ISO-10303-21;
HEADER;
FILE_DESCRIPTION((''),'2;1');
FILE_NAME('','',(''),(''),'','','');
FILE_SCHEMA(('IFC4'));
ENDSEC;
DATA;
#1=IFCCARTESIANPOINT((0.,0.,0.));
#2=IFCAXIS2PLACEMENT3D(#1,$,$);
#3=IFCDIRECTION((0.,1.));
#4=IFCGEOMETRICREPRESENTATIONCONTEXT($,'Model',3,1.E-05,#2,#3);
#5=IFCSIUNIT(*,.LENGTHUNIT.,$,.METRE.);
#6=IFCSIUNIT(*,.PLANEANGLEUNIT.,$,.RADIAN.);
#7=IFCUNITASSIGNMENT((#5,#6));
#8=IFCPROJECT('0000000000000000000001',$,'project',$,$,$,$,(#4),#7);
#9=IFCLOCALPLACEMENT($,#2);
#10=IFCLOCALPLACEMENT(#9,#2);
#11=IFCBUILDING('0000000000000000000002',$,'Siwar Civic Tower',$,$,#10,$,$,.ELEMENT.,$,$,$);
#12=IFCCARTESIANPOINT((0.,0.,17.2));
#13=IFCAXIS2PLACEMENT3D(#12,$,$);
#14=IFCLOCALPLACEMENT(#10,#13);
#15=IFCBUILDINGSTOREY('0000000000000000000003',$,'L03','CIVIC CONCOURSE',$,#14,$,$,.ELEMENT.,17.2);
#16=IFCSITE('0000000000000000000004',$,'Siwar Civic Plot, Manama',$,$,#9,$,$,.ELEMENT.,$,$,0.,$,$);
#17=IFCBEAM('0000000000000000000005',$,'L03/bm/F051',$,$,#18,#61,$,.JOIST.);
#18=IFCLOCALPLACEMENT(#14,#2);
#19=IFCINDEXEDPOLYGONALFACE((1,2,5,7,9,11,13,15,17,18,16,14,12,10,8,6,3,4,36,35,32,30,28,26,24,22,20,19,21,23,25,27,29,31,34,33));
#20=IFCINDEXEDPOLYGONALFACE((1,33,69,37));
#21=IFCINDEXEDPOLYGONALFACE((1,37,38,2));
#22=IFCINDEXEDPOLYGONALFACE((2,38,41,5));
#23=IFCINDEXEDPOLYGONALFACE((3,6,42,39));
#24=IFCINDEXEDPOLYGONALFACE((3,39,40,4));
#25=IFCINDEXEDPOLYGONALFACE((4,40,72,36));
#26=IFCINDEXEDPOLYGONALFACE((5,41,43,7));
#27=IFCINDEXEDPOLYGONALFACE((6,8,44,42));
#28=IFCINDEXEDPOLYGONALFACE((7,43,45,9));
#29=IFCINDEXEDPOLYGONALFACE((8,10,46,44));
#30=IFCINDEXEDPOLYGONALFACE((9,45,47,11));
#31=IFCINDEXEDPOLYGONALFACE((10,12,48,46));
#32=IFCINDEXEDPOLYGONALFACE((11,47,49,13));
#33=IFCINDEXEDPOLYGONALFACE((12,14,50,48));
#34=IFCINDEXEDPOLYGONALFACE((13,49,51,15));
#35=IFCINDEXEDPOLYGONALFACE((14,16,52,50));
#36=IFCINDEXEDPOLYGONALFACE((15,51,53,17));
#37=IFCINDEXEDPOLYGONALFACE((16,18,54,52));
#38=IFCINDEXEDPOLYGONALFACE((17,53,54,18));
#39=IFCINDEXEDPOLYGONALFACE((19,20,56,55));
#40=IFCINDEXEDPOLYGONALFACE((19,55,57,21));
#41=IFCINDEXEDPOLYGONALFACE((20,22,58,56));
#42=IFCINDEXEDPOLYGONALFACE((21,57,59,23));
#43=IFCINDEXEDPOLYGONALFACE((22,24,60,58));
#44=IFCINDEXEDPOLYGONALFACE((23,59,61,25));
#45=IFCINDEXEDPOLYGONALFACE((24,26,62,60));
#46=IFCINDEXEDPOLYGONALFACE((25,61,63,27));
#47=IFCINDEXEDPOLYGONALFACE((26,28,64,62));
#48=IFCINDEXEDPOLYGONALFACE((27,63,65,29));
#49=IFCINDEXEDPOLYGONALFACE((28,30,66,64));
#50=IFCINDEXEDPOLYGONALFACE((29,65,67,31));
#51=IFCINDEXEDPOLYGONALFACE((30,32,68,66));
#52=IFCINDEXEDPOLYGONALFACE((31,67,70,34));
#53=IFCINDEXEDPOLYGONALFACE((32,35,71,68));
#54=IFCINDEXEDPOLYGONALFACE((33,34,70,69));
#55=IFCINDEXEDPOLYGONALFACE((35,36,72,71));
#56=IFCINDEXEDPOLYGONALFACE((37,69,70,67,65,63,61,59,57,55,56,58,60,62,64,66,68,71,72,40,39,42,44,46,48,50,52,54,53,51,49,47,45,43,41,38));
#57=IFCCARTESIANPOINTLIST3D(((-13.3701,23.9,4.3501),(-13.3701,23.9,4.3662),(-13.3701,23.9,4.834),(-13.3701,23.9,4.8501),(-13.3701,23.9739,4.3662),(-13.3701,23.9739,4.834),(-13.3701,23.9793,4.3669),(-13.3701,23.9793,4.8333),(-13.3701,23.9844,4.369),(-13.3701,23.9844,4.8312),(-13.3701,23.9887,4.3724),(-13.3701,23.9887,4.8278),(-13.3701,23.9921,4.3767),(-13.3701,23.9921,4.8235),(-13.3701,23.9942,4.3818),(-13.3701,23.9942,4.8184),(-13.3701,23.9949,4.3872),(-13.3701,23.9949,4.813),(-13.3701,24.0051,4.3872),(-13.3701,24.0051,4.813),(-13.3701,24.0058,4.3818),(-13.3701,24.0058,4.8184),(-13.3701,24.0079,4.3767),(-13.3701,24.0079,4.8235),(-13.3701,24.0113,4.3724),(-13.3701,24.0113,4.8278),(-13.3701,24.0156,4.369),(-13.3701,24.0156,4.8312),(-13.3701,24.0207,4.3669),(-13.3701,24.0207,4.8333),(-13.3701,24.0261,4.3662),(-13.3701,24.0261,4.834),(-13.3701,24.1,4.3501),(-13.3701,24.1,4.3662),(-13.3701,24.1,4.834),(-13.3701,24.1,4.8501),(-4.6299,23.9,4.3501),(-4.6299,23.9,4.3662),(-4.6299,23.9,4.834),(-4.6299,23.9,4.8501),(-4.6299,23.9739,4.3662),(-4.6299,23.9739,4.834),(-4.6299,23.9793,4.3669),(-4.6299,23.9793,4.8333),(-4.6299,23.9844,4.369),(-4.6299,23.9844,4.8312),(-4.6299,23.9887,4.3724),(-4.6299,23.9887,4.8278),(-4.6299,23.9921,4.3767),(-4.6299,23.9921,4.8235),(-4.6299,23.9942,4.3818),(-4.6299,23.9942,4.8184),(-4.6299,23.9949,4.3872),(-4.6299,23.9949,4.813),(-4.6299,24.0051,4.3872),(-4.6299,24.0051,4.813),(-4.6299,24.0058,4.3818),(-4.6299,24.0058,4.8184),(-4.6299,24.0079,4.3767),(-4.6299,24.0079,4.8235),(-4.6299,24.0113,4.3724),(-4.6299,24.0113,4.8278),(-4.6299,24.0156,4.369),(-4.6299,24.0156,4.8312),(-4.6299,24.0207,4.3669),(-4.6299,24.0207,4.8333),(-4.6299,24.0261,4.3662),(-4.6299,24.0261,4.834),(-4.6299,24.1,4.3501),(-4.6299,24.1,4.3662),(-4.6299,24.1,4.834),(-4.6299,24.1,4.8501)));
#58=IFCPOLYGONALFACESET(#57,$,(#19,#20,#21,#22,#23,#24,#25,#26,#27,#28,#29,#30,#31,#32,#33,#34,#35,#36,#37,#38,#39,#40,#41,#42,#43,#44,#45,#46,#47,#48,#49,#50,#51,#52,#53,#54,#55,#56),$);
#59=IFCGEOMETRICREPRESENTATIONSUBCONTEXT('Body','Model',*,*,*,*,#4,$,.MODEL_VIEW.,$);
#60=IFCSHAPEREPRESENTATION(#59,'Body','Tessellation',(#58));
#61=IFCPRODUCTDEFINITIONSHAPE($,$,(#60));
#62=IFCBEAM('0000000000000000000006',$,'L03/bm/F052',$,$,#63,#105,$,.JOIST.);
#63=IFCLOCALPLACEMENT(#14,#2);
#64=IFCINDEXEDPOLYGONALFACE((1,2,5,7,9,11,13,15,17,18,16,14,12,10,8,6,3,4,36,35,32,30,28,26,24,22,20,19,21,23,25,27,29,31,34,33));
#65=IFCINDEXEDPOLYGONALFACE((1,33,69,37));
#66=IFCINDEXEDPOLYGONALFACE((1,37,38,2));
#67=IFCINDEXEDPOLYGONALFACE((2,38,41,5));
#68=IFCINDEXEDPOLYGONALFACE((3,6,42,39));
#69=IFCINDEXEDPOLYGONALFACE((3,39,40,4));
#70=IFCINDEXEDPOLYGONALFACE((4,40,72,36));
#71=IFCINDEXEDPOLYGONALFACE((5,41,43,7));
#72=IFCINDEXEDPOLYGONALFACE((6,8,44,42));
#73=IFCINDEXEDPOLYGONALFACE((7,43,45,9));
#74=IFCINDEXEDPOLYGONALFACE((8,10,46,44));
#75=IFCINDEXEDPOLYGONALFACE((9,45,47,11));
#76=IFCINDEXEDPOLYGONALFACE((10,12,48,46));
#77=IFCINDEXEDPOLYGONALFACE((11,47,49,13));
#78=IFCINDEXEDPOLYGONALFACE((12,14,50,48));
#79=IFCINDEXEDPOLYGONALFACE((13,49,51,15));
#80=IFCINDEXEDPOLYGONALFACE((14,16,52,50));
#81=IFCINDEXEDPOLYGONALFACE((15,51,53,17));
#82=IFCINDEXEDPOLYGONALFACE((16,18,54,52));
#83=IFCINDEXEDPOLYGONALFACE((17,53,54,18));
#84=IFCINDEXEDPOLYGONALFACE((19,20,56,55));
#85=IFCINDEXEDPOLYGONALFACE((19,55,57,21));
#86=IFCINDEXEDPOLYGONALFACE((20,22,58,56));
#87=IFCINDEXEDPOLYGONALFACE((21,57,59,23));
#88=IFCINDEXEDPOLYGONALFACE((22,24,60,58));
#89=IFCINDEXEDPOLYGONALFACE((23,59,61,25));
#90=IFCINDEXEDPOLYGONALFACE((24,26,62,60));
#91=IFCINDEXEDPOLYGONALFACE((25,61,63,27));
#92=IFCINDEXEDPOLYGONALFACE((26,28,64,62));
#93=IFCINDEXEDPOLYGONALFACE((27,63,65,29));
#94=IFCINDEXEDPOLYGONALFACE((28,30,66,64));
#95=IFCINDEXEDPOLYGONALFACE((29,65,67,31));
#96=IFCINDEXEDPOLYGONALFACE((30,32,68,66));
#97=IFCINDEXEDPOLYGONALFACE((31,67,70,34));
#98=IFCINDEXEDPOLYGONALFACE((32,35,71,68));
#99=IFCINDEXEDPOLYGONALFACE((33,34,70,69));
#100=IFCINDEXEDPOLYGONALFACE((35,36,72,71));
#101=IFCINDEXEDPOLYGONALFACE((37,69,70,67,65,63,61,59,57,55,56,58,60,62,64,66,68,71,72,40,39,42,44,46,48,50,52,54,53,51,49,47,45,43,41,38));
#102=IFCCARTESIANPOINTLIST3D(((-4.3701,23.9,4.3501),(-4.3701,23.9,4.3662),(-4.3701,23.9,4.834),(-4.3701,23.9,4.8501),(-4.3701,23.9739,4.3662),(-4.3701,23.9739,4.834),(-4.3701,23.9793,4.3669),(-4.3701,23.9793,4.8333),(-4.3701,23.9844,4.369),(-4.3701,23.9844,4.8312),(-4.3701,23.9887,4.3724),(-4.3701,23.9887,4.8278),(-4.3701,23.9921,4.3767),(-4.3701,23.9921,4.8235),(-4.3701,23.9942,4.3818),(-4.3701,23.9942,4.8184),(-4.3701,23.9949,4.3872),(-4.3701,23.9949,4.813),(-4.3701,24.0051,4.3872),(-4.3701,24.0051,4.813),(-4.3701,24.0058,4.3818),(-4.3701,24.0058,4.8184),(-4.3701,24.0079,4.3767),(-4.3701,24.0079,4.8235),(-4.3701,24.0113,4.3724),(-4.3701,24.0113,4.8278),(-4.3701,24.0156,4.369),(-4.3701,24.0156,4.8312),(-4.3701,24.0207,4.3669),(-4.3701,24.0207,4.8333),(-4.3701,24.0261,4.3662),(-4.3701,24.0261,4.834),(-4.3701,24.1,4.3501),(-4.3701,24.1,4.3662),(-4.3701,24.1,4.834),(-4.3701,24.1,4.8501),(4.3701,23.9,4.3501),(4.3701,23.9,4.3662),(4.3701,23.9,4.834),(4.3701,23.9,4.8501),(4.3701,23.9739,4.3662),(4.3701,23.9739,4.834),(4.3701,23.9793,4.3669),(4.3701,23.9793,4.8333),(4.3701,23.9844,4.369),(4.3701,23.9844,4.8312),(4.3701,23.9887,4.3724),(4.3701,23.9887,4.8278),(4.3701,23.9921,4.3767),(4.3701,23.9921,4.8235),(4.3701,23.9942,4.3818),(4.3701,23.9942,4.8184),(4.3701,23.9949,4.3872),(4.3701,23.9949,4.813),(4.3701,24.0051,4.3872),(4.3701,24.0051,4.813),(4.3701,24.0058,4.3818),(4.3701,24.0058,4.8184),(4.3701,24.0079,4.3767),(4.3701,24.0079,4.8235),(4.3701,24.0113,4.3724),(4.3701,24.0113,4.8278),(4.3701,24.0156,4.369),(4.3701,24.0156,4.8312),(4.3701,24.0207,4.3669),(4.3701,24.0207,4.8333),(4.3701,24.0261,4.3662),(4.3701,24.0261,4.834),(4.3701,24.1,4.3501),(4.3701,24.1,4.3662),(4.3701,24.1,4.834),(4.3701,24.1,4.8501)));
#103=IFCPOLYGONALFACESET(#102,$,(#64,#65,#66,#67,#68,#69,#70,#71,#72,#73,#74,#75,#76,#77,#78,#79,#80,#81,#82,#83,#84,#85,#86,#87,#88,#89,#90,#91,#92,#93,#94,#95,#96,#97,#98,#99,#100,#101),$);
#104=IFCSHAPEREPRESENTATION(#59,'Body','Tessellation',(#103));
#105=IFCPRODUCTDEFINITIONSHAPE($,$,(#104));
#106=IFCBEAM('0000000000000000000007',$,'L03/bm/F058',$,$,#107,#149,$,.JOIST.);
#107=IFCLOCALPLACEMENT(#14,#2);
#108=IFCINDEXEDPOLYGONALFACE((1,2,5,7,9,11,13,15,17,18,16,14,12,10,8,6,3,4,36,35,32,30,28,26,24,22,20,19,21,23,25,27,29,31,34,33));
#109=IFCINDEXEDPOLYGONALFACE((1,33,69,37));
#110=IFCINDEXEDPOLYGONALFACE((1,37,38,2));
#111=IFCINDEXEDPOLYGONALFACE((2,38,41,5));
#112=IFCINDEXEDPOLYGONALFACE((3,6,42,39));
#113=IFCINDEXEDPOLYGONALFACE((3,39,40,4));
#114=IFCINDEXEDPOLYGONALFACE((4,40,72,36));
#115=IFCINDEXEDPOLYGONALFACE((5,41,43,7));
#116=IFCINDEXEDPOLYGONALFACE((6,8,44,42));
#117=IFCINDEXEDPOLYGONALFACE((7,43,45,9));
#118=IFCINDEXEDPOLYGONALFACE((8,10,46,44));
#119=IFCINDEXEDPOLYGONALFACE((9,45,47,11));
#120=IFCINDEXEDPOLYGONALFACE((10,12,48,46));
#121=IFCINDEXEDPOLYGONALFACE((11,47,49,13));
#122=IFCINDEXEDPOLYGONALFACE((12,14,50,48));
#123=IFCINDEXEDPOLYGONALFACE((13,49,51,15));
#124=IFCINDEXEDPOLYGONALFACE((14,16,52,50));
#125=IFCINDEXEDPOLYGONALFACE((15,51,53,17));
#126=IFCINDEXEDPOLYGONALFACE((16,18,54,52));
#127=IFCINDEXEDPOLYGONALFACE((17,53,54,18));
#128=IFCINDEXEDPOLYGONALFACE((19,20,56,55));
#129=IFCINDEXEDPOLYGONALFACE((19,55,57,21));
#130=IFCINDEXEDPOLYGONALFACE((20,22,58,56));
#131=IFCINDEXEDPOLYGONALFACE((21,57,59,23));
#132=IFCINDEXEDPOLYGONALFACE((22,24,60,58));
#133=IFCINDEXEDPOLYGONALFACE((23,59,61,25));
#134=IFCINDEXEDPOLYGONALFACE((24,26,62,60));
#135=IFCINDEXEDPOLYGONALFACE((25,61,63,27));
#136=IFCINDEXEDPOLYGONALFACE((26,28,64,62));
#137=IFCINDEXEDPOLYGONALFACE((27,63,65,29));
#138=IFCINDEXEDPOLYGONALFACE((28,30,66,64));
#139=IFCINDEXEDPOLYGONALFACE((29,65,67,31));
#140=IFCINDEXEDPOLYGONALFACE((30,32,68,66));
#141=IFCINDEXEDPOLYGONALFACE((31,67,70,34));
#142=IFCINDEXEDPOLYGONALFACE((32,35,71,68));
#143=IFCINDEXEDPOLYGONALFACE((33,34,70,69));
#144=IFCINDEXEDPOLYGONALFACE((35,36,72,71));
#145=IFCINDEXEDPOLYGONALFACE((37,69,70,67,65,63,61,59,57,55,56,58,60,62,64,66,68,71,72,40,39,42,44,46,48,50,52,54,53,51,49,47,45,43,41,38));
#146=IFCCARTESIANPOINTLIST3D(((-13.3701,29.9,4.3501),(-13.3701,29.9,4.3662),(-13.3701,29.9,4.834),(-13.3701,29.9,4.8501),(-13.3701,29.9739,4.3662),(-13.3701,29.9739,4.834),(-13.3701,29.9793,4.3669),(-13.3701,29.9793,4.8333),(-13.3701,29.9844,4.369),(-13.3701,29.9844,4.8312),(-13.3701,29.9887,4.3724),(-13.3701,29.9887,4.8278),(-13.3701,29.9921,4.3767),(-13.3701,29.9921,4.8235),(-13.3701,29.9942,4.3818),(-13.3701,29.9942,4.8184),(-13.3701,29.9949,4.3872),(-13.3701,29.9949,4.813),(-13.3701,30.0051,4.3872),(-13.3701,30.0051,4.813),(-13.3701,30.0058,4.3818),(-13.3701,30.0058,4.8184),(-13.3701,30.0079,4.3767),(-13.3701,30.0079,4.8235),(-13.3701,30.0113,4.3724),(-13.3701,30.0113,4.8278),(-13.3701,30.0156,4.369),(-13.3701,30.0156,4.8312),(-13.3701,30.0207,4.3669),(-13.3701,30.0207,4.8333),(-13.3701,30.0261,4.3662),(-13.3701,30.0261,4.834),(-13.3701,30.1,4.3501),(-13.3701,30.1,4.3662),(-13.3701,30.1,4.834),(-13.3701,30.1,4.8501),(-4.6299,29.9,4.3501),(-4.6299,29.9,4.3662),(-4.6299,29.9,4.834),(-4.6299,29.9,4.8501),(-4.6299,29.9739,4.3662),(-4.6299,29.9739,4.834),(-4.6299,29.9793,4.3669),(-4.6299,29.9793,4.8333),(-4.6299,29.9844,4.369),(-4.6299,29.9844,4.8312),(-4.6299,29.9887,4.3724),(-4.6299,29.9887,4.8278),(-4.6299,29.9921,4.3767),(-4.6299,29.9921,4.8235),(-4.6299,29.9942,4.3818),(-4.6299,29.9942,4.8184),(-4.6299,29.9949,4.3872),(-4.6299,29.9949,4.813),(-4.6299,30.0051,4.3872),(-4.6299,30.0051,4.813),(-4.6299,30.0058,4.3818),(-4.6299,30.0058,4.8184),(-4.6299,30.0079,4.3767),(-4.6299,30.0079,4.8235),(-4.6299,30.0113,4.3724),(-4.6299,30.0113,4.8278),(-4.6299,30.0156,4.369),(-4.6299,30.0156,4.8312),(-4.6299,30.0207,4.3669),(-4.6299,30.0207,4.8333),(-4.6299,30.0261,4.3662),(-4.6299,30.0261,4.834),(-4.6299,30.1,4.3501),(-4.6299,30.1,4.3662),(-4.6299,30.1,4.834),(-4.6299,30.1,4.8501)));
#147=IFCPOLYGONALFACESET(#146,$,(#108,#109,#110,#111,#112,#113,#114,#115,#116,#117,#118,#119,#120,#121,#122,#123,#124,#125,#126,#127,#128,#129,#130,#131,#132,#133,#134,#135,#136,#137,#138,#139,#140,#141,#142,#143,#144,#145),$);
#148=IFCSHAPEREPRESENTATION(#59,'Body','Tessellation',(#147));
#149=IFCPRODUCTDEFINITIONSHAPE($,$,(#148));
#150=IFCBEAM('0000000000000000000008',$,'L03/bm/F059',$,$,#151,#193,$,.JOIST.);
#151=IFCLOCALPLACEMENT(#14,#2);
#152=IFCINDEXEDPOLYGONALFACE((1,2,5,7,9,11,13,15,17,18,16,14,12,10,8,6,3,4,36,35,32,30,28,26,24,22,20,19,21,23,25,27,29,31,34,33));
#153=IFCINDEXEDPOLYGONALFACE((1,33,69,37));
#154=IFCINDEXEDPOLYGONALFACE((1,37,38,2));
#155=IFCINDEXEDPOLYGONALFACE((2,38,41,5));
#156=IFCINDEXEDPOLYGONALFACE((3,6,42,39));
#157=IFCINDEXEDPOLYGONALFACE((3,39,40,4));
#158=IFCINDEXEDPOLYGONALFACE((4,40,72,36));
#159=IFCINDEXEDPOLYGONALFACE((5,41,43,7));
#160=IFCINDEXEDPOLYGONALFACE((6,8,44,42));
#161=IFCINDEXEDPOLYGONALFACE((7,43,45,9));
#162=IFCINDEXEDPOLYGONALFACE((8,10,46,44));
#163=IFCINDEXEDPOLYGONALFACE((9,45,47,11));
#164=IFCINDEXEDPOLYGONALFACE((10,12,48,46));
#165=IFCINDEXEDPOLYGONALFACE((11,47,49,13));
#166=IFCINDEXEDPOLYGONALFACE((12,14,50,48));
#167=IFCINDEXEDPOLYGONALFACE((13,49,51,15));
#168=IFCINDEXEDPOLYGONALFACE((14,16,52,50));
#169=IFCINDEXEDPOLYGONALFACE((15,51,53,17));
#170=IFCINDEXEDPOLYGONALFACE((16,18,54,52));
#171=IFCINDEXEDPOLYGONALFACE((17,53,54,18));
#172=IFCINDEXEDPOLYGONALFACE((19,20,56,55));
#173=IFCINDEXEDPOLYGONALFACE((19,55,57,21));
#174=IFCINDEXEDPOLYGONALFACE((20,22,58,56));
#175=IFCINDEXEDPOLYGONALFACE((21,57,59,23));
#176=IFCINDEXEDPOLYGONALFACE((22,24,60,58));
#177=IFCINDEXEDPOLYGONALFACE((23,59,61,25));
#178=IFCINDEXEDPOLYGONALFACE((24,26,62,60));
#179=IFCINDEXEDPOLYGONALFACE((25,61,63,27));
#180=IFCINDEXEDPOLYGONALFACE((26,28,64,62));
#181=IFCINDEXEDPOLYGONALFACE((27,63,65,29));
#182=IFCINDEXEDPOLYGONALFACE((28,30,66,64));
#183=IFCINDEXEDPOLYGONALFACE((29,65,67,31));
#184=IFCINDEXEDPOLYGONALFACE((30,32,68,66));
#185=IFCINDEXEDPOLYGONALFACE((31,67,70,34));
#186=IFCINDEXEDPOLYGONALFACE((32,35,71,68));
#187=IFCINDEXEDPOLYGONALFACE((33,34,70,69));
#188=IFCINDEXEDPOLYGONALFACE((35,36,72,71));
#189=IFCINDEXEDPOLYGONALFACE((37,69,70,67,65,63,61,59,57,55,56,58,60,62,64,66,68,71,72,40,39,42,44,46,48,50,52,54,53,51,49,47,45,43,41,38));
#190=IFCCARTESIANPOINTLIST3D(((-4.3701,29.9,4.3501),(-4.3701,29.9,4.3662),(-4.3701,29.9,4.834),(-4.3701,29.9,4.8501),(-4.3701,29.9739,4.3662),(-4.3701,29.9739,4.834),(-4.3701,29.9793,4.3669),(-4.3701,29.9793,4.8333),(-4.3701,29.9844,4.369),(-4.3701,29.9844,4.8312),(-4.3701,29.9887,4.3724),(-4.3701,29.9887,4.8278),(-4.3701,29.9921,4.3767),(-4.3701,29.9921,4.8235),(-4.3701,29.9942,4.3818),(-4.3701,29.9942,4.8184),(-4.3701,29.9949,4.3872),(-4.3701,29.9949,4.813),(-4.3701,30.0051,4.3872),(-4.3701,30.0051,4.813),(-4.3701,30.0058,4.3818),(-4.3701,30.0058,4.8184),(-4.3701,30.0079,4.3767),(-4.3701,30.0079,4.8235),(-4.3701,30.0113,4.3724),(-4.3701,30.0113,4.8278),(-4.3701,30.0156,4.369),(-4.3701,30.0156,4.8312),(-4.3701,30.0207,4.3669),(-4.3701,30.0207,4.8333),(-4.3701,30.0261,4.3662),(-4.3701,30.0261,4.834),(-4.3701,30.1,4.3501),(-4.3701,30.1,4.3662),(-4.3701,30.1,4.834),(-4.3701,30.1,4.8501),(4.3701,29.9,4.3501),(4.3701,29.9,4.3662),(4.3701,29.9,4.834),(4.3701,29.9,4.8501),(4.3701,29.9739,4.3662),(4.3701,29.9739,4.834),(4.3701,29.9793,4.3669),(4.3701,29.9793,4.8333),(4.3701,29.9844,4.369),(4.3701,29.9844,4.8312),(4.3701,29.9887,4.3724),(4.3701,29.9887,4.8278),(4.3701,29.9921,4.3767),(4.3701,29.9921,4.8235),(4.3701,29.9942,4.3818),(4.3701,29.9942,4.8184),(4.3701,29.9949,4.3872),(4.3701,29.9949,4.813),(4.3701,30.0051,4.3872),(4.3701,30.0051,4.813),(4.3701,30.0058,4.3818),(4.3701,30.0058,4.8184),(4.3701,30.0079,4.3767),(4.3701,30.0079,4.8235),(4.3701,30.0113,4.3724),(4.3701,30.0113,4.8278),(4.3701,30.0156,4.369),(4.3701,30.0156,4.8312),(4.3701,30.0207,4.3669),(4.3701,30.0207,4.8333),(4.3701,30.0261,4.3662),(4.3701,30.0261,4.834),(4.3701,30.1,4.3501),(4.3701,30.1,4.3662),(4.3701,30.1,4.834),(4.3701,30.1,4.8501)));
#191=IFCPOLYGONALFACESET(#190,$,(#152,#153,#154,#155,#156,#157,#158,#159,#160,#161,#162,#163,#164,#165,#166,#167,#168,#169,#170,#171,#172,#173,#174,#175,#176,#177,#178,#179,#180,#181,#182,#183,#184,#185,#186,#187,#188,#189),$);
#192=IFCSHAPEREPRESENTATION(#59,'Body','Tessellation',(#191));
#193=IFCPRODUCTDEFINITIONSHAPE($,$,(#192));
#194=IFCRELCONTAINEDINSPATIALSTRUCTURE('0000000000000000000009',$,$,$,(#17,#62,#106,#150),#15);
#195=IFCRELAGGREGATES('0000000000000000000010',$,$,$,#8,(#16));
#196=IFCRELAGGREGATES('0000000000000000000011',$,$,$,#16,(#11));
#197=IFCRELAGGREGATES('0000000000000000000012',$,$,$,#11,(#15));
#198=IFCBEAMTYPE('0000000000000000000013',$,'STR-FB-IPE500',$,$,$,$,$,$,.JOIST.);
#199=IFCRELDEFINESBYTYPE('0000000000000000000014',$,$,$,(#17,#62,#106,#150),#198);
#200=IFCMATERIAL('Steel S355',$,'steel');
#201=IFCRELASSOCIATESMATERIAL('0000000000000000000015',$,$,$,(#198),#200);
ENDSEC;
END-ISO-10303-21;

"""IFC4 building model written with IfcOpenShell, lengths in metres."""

from ifc_helpers import new_model, si_unit, direction, frame, origin, origin_2d, place, context, subcontext, project, spatial, i_section, extrude, material, material_profile, profile_set, type_object, element, save


model = new_model("IFC4")

# Units and contexts
model_context = context("Model", 3, precision=1e-05, world=origin(), true_north=direction((0.0, 1.0)))
body_context = subcontext(model_context, "Body", "Model", "MODEL_VIEW")
ifc_project = project(units=[si_unit("LENGTHUNIT", "METRE"), si_unit("PLANEANGLEUNIT", "RADIAN")], contexts=[model_context])

# Site, building, storey
site_placement = place(None, origin())
site = spatial("IfcSite", under=ifc_project, at=site_placement, Name="Siwar Civic Plot, Manama", CompositionType="ELEMENT", RefElevation=0.0)
building_placement = place(site_placement, origin())
building = spatial("IfcBuilding", under=site, at=building_placement, Name="Siwar Civic Tower", CompositionType="ELEMENT")
storey_placement = place(building_placement, frame((0.0, 0.0, 17.2)))
storey = spatial("IfcBuildingStorey", under=building, at=storey_placement, Name="L03", Description="CIVIC CONCOURSE", CompositionType="ELEMENT", Elevation=17.2)

# Beams
ifc_material_1 = material(Name="Steel S355", Category="steel")
ifc_material_profile_1 = material_profile(ifc_material_1, i_section(OverallWidth=0.2, OverallDepth=0.5, WebThickness=0.0103, FlangeThickness=0.0161, FilletRadius=0.021, at=origin_2d()), Name="IPE500")
ifc_profile_set_1 = profile_set([ifc_material_profile_1], Name="Steel S355")
beam_type_1 = type_object("IfcBeamType", Name="STR-FB-IPE500", PredefinedType="JOIST", material=ifc_profile_set_1)
for number, where, z_axis, x_axis, name in (
    (1, (-13.3701, 24.0, 4.6001), (1.0, 0.0, 0.0), (0.0, 1.0, 0.0), "L03/bm/F051"),
    (2, (-4.3701, 24.0, 4.6001), (1.0, 0.0, 0.0), (0.0, 1.0, 0.0), "L03/bm/F052"),
    (3, (-13.3701, 30.0, 4.6001), (1.0, 0.0, 0.0), (0.0, 1.0, 0.0), "L03/bm/F058"),
    (4, (-4.3701, 30.0, 4.6001), (1.0, 0.0, 0.0), (0.0, 1.0, 0.0), "L03/bm/F059"),
):
    element("IfcBeam", number, at=place(storey_placement, frame(where, z_axis=z_axis, x_axis=x_axis)), inside=storey, type_object=beam_type_1, Name=name, PredefinedType="JOIST", context=body_context, shape_type="SweptSolid", body=[
        extrude(i_section(OverallWidth=0.2, OverallDepth=0.5, WebThickness=0.0103, FlangeThickness=0.0161, FilletRadius=0.021, at=origin_2d()), origin(), (0.0, 0.0, 1.0), 8.7402),
    ])

save(model, "model.ifc")
